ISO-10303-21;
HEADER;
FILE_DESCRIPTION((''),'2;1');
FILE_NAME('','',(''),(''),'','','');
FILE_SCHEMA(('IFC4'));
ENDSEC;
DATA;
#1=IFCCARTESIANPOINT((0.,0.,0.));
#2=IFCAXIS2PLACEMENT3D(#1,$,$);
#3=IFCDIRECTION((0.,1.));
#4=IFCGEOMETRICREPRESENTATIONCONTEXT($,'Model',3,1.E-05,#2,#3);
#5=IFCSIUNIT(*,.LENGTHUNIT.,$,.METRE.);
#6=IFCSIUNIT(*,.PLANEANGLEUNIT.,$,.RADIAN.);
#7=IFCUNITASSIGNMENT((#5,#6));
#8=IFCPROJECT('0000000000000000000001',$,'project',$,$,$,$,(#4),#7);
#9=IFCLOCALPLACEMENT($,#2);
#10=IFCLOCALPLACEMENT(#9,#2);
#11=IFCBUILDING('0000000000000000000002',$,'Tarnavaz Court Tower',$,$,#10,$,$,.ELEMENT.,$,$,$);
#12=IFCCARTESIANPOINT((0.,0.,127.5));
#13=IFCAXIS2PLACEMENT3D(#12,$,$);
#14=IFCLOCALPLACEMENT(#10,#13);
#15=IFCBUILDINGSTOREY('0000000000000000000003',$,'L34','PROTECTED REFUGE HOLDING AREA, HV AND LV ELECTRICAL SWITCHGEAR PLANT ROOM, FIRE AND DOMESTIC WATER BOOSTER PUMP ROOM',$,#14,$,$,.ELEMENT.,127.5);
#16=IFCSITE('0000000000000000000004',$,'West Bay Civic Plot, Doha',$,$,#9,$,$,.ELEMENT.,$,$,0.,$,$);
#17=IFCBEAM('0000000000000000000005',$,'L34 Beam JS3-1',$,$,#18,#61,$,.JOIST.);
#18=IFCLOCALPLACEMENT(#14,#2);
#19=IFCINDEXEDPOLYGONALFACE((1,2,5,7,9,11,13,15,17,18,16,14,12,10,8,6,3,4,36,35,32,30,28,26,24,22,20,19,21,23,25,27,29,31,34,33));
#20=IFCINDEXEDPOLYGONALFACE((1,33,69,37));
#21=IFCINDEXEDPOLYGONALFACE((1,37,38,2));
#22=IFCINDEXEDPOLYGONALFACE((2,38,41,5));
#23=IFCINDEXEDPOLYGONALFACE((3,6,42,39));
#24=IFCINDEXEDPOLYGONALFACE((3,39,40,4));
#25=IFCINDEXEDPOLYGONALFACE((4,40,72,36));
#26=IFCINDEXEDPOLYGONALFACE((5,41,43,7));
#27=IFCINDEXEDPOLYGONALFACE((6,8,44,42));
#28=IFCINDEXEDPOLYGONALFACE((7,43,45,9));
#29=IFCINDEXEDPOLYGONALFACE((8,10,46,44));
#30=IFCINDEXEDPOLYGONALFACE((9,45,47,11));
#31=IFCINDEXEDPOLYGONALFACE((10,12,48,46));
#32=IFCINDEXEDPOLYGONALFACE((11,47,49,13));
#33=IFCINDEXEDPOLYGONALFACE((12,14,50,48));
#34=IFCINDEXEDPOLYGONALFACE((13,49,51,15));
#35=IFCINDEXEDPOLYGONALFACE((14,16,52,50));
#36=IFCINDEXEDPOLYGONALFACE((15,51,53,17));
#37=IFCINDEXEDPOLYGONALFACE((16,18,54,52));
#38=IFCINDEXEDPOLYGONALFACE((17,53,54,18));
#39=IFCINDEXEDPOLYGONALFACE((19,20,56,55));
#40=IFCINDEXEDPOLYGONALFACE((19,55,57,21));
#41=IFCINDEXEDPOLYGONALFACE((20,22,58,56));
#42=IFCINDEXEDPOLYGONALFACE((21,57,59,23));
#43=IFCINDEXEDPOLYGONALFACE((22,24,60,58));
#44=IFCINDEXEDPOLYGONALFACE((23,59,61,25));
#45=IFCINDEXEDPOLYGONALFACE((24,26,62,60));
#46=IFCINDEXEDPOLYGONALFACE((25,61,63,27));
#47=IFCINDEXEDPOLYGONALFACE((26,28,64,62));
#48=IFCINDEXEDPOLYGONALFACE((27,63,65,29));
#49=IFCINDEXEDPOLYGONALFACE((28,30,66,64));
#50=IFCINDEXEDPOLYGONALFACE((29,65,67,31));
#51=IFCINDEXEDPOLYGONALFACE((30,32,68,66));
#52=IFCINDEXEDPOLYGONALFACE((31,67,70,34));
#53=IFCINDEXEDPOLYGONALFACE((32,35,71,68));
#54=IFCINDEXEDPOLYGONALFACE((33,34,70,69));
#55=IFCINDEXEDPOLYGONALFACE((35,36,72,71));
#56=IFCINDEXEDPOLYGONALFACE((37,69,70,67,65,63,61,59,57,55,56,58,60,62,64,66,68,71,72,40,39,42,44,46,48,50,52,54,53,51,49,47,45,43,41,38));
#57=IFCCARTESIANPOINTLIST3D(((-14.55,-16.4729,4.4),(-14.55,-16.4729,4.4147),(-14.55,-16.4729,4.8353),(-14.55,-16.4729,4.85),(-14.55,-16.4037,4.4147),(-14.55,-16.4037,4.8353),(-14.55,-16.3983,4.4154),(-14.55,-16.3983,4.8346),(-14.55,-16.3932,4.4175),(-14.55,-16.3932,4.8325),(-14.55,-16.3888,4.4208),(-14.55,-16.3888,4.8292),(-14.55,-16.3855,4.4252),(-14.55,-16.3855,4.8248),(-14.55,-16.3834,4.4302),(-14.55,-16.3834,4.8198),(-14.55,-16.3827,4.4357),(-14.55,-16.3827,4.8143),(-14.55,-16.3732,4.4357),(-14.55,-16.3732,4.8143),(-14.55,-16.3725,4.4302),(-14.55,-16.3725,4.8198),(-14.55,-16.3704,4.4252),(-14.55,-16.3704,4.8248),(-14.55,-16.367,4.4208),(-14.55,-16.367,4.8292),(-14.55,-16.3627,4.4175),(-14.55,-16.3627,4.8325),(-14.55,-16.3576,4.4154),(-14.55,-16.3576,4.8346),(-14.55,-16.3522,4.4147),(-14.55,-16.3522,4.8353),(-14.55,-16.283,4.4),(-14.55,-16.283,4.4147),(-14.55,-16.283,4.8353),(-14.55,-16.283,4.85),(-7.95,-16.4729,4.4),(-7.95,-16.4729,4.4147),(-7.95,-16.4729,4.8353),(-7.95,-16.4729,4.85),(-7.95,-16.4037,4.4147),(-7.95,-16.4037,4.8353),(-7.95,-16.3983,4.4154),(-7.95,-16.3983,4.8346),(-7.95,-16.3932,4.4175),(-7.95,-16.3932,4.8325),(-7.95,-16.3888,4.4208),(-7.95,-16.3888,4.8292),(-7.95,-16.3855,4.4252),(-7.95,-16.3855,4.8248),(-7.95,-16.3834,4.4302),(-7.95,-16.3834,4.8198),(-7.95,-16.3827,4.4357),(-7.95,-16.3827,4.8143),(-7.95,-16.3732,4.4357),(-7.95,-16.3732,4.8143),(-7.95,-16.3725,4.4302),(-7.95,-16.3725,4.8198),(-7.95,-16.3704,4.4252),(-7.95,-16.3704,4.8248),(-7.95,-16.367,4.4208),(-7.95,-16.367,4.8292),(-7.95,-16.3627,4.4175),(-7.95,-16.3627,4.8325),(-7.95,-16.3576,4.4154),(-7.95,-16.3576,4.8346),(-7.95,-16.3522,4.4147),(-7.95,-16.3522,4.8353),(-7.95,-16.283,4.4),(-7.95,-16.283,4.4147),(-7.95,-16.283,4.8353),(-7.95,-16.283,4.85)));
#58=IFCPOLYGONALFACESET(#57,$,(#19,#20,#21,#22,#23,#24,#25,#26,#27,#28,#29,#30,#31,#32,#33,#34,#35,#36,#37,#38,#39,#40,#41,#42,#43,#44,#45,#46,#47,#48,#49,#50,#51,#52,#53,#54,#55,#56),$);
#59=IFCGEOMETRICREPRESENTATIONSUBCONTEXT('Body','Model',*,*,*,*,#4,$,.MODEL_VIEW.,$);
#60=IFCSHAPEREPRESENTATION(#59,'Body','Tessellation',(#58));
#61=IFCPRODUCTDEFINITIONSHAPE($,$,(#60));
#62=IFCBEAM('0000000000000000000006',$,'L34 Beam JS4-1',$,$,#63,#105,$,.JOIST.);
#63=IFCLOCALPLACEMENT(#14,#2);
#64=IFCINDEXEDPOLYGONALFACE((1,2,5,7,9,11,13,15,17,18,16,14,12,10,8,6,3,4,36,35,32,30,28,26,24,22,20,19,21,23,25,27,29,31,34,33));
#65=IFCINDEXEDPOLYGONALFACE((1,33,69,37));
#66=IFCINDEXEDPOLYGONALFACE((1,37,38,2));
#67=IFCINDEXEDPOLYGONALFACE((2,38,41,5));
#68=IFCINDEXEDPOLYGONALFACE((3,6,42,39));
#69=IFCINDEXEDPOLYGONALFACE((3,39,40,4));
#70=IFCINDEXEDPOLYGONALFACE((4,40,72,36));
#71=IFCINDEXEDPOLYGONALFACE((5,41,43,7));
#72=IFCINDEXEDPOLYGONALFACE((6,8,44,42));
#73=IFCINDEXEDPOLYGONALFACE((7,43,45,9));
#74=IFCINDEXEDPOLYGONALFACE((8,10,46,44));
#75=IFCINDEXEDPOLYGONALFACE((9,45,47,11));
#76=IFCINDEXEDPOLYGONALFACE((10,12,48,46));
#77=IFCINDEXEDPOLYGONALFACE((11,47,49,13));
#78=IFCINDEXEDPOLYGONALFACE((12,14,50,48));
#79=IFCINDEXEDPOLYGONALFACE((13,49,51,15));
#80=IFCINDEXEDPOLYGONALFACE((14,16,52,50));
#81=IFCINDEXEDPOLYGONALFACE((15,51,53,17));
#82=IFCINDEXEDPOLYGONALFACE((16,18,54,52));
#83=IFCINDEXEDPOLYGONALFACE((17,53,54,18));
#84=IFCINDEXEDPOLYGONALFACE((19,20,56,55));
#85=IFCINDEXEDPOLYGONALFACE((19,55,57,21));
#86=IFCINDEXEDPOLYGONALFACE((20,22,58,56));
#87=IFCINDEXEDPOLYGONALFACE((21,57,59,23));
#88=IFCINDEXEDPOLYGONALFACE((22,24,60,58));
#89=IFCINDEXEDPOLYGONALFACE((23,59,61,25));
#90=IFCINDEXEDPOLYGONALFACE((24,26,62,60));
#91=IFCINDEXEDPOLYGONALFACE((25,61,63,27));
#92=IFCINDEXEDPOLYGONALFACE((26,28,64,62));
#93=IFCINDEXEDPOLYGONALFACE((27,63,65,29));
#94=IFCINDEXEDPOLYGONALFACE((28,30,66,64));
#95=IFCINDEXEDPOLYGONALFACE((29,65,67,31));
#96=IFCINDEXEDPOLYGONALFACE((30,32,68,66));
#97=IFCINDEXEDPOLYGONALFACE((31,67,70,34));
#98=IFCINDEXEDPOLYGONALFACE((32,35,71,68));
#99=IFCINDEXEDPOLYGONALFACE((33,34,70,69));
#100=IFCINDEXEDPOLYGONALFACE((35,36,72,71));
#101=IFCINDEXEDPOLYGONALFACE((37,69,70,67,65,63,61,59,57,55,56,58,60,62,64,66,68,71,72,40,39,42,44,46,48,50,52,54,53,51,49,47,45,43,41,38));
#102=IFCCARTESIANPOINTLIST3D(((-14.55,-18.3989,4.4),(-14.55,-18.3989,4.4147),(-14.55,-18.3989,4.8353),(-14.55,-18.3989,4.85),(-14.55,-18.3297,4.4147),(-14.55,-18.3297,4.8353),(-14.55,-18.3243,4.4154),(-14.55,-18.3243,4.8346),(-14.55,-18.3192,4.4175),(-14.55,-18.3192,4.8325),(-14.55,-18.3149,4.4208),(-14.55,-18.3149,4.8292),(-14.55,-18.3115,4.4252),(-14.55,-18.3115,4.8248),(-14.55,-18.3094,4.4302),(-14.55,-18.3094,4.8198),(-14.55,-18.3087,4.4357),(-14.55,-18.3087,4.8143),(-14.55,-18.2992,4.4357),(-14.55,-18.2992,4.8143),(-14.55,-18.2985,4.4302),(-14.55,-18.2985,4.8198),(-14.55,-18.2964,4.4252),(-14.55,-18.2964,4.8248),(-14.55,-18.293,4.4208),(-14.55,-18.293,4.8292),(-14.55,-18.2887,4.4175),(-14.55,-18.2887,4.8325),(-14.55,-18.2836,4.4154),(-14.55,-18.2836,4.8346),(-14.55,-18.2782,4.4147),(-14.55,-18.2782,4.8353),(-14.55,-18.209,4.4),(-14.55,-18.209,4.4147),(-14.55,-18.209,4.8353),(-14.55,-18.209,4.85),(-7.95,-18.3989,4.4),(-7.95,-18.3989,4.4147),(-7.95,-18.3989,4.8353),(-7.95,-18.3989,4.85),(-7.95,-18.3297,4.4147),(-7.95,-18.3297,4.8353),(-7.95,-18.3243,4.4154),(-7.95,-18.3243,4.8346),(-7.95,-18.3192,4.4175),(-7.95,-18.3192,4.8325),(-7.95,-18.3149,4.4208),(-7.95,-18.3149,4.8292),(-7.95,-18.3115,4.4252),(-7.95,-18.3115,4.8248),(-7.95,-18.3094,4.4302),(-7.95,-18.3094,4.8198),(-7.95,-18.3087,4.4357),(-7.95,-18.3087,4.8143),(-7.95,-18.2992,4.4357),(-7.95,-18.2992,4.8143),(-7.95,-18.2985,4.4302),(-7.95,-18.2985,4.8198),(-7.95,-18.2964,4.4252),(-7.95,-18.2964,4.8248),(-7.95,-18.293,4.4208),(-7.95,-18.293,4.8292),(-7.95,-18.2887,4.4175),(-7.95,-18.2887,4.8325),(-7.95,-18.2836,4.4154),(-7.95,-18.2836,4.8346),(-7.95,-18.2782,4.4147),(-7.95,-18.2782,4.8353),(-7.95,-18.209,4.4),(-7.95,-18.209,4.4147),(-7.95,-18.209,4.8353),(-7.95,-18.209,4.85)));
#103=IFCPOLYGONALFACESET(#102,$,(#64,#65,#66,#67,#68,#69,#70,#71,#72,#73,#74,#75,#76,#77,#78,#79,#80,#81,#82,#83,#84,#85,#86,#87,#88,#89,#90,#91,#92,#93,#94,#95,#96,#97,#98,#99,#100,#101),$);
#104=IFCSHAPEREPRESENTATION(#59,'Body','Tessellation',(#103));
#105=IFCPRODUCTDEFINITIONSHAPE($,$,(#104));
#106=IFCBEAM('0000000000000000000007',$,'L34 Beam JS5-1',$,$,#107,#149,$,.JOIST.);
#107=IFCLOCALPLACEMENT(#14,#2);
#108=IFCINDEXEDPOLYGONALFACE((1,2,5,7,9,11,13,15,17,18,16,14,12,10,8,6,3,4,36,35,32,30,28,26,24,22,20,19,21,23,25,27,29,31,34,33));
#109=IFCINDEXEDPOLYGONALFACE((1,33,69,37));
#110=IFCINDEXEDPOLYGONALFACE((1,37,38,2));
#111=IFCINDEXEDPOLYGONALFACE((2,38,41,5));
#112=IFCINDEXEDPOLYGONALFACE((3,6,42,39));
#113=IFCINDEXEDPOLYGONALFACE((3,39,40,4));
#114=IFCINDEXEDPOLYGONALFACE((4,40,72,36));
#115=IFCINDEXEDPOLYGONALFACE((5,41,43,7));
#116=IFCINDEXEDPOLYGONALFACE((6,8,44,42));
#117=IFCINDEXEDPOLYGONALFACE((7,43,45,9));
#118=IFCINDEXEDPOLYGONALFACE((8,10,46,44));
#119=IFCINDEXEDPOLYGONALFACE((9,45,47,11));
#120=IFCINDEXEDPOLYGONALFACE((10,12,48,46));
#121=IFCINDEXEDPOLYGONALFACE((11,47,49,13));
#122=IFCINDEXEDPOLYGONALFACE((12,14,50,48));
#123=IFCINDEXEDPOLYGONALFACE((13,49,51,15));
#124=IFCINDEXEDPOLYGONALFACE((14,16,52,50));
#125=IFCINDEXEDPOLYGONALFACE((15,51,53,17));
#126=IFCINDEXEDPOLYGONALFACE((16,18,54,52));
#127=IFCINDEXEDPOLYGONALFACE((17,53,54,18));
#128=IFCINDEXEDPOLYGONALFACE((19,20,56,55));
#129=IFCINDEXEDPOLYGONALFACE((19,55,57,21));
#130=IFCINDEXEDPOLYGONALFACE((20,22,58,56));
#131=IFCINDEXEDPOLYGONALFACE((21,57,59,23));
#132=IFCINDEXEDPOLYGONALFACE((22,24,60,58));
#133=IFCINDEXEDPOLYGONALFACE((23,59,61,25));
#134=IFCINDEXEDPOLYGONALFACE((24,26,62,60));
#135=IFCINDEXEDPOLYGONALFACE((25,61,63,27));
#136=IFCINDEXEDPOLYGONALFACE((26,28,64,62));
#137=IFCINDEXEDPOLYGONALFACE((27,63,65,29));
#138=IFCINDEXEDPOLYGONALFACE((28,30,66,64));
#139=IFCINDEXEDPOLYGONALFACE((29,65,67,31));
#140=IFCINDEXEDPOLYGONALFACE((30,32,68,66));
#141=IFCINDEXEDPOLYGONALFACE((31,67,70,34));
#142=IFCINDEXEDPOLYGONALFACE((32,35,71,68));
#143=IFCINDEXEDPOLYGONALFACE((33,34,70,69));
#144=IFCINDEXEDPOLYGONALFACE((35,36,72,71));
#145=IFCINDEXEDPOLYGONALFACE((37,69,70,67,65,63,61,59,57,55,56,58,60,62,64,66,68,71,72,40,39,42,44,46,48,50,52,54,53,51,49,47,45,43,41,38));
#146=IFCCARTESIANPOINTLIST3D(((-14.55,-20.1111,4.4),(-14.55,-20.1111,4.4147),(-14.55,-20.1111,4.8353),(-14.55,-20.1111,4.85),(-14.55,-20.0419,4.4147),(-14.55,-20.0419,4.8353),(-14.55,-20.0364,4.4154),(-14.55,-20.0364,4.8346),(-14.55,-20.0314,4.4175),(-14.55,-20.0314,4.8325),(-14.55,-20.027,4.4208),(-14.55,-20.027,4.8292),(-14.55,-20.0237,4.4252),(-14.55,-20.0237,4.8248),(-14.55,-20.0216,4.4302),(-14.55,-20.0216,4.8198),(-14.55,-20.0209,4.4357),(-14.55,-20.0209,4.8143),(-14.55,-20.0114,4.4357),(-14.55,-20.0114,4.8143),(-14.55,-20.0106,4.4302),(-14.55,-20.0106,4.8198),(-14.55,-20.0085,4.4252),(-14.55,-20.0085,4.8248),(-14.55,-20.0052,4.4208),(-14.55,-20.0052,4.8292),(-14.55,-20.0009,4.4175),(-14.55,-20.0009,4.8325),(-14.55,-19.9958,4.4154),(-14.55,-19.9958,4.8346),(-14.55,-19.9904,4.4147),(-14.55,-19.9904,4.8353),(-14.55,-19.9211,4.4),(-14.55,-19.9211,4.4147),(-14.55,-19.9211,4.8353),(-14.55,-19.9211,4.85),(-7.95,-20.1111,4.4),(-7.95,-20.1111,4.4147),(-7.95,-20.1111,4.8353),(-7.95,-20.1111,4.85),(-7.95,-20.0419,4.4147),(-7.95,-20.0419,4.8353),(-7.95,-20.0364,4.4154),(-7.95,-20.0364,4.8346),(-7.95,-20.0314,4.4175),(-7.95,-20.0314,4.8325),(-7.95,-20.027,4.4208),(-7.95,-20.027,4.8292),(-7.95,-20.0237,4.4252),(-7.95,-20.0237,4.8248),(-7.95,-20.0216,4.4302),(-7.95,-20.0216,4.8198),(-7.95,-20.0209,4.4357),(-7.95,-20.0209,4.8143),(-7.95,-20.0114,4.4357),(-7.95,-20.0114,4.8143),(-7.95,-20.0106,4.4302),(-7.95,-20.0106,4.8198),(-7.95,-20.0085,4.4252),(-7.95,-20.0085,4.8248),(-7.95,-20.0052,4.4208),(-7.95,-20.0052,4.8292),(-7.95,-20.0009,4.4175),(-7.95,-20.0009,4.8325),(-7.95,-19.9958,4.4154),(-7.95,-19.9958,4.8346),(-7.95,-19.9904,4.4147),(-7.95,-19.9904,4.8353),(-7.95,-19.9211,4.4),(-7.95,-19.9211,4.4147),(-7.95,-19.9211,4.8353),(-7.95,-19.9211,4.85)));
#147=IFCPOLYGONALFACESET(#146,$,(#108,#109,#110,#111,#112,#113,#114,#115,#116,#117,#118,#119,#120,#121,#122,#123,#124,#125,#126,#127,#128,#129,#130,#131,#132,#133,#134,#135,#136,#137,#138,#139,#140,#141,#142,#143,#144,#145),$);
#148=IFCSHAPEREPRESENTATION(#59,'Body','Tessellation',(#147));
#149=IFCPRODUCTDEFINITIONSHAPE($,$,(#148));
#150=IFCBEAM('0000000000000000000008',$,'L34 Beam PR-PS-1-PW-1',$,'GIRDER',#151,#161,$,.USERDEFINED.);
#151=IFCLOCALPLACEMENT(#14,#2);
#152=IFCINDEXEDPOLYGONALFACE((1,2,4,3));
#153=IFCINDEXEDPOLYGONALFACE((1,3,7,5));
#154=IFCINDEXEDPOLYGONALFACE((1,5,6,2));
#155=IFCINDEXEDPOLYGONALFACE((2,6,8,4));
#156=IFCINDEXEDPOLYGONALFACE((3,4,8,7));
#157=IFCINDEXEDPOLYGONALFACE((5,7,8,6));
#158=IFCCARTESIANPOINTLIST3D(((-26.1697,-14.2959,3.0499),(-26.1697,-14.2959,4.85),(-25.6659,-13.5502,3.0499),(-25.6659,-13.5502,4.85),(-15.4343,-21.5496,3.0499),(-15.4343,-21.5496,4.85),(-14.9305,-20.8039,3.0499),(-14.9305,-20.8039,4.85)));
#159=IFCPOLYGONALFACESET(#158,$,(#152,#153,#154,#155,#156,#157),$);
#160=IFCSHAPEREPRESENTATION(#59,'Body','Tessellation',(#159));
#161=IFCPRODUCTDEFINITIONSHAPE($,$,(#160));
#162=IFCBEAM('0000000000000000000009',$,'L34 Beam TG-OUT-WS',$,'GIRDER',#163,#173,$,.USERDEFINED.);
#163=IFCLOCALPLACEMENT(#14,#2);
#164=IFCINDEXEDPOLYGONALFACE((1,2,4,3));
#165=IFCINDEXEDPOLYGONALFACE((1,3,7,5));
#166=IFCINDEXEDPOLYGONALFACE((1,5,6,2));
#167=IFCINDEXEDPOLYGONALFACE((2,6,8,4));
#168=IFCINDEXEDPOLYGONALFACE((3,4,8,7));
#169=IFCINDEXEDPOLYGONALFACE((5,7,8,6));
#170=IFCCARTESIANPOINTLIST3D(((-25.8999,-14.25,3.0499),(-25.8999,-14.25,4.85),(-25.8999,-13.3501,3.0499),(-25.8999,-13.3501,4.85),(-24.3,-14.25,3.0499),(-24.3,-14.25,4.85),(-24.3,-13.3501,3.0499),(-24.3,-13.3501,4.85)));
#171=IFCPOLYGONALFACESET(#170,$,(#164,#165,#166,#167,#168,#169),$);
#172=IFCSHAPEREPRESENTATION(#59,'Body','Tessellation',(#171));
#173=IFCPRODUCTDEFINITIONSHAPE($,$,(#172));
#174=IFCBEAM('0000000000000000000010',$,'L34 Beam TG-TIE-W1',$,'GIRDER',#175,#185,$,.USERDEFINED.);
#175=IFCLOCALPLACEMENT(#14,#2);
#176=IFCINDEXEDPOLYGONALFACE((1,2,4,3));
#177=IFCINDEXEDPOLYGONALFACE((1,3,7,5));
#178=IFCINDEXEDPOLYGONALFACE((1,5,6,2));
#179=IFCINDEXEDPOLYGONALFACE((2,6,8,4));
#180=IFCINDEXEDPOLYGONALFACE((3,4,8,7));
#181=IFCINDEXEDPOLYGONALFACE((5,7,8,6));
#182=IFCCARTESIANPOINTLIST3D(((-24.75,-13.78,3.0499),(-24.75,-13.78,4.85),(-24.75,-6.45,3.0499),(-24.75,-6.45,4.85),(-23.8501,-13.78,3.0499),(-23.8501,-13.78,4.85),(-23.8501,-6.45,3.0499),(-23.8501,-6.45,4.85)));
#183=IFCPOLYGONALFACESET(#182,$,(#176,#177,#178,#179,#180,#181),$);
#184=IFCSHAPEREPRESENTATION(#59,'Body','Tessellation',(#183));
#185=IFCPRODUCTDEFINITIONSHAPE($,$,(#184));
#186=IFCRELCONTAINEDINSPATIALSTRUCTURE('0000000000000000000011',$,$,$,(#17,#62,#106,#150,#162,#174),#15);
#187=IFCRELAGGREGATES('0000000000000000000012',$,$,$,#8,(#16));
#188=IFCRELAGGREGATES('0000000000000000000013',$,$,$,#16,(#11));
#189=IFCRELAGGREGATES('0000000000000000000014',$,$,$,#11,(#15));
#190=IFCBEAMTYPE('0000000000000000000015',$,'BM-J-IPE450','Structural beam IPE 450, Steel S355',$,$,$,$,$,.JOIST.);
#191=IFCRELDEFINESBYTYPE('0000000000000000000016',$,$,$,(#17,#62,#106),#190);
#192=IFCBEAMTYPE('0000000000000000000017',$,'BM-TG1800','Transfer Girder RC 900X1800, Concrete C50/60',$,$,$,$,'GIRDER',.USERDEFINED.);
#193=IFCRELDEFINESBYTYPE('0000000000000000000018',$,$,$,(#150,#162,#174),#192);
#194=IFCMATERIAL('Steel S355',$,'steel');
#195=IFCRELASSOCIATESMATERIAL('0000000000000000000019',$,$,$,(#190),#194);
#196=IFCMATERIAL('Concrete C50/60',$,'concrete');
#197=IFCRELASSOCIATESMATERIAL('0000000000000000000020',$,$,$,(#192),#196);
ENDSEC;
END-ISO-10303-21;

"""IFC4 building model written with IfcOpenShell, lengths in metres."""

from ifc_helpers import new_model, si_unit, direction, frame, origin, origin_2d, place, context, subcontext, project, spatial, rectangle, i_section, extrude, material, material_profile, profile_set, type_object, element, save


model = new_model("IFC4")

# Units and contexts
model_context = context("Model", 3, precision=1e-05, world=origin(), true_north=direction((0.0, 1.0)))
body_context = subcontext(model_context, "Body", "Model", "MODEL_VIEW")
ifc_project = project(units=[si_unit("LENGTHUNIT", "METRE"), si_unit("PLANEANGLEUNIT", "RADIAN")], contexts=[model_context])

# Site, building, storey
site_placement = place(None, origin())
site = spatial("IfcSite", under=ifc_project, at=site_placement, Name="West Bay Civic Plot, Doha", CompositionType="ELEMENT", RefElevation=0.0)
building_placement = place(site_placement, origin())
building = spatial("IfcBuilding", under=site, at=building_placement, Name="Tarnavaz Court Tower", CompositionType="ELEMENT")
storey_placement = place(building_placement, frame((0.0, 0.0, 127.5)))
storey = spatial("IfcBuildingStorey", under=building, at=storey_placement, Name="L34", Description="PROTECTED REFUGE HOLDING AREA, HV AND LV ELECTRICAL SWITCHGEAR PLANT ROOM, FIRE AND DOMESTIC WATER BOOSTER PUMP ROOM", CompositionType="ELEMENT", Elevation=127.5)

# Beams
ifc_material_1 = material(Name="Steel S355", Category="steel")
ifc_material_profile_1 = material_profile(ifc_material_1, i_section(OverallWidth=0.1899, OverallDepth=0.45, WebThickness=0.0095, FlangeThickness=0.0146, FilletRadius=0.021, at=origin_2d()), Name="IPE 450")
ifc_profile_set_1 = profile_set([ifc_material_profile_1], Name="Steel S355")
beam_type_1 = type_object("IfcBeamType", Name="BM-J-IPE450", Description="Structural beam IPE 450, Steel S355", PredefinedType="JOIST", material=ifc_profile_set_1)
for number, where, z_axis, x_axis, name in (
    (1, (-14.55, -16.3779, 4.625), (1.0, 0.0, 0.0), (0.0, 1.0, 0.0), "L34 Beam JS3-1"),
    (2, (-14.55, -18.304, 4.625), (1.0, 0.0, 0.0), (0.0, 1.0, 0.0), "L34 Beam JS4-1"),
    (3, (-14.55, -20.0161, 4.625), (1.0, 0.0, 0.0), (0.0, 1.0, 0.0), "L34 Beam JS5-1"),
):
    element("IfcBeam", number, at=place(storey_placement, frame(where, z_axis=z_axis, x_axis=x_axis)), inside=storey, type_object=beam_type_1, Name=name, PredefinedType="JOIST", context=body_context, shape_type="SweptSolid", body=[
        extrude(i_section(OverallWidth=0.1899, OverallDepth=0.45, WebThickness=0.0095, FlangeThickness=0.0146, FilletRadius=0.021, at=origin_2d()), origin(), (0.0, 0.0, 1.0), 6.6001),
    ])
ifc_material_2 = material(Name="Concrete C50/60", Category="concrete")
ifc_material_profile_2 = material_profile(ifc_material_2, rectangle(XDim=0.8999, YDim=1.8, at=origin_2d()), Name="RC 900X1800")
ifc_profile_set_2 = profile_set([ifc_material_profile_2], Name="Concrete C50/60")
beam_type_2 = type_object("IfcBeamType", Name="BM-TG1800", Description="Transfer Girder RC 900X1800, Concrete C50/60", ElementType="GIRDER", PredefinedType="USERDEFINED", material=ifc_profile_set_2)
beam_1_placement = place(storey_placement, frame((-15.1824, -21.1768, 3.95), z_axis=(-0.828587, 0.55986, 0.0), x_axis=(-0.55986, -0.828587, 0.0)))
element("IfcBeam", 4, at=beam_1_placement, inside=storey, type_object=beam_type_2, Name="L34 Beam PR-PS-1-PW-1", ObjectType="GIRDER", PredefinedType="USERDEFINED", context=body_context, shape_type="SweptSolid", body=[
    extrude(rectangle(XDim=0.8999, YDim=1.8, at=origin_2d()), origin(), (0.0, 0.0, 1.0), 12.9563),
])
beam_2_placement = place(storey_placement, frame((-24.3, -13.8, 3.95), z_axis=(-1.0, 0.0, 0.0), x_axis=(0.0, -1.0, 0.0)))
element("IfcBeam", 5, at=beam_2_placement, inside=storey, type_object=beam_type_2, Name="L34 Beam TG-OUT-WS", ObjectType="GIRDER", PredefinedType="USERDEFINED", context=body_context, shape_type="SweptSolid", body=[
    extrude(rectangle(XDim=0.8999, YDim=1.8, at=origin_2d()), origin(), (0.0, 0.0, 1.0), 1.5999),
])
beam_3_placement = place(storey_placement, frame((-24.3, -13.78, 3.95), z_axis=(0.0, 1.0, 0.0), x_axis=(-1.0, 0.0, 0.0)))
element("IfcBeam", 6, at=beam_3_placement, inside=storey, type_object=beam_type_2, Name="L34 Beam TG-TIE-W1", ObjectType="GIRDER", PredefinedType="USERDEFINED", context=body_context, shape_type="SweptSolid", body=[
    extrude(rectangle(XDim=0.8999, YDim=1.8, at=origin_2d()), origin(), (0.0, 0.0, 1.0), 7.3301),
])

save(model, "model.ifc")
